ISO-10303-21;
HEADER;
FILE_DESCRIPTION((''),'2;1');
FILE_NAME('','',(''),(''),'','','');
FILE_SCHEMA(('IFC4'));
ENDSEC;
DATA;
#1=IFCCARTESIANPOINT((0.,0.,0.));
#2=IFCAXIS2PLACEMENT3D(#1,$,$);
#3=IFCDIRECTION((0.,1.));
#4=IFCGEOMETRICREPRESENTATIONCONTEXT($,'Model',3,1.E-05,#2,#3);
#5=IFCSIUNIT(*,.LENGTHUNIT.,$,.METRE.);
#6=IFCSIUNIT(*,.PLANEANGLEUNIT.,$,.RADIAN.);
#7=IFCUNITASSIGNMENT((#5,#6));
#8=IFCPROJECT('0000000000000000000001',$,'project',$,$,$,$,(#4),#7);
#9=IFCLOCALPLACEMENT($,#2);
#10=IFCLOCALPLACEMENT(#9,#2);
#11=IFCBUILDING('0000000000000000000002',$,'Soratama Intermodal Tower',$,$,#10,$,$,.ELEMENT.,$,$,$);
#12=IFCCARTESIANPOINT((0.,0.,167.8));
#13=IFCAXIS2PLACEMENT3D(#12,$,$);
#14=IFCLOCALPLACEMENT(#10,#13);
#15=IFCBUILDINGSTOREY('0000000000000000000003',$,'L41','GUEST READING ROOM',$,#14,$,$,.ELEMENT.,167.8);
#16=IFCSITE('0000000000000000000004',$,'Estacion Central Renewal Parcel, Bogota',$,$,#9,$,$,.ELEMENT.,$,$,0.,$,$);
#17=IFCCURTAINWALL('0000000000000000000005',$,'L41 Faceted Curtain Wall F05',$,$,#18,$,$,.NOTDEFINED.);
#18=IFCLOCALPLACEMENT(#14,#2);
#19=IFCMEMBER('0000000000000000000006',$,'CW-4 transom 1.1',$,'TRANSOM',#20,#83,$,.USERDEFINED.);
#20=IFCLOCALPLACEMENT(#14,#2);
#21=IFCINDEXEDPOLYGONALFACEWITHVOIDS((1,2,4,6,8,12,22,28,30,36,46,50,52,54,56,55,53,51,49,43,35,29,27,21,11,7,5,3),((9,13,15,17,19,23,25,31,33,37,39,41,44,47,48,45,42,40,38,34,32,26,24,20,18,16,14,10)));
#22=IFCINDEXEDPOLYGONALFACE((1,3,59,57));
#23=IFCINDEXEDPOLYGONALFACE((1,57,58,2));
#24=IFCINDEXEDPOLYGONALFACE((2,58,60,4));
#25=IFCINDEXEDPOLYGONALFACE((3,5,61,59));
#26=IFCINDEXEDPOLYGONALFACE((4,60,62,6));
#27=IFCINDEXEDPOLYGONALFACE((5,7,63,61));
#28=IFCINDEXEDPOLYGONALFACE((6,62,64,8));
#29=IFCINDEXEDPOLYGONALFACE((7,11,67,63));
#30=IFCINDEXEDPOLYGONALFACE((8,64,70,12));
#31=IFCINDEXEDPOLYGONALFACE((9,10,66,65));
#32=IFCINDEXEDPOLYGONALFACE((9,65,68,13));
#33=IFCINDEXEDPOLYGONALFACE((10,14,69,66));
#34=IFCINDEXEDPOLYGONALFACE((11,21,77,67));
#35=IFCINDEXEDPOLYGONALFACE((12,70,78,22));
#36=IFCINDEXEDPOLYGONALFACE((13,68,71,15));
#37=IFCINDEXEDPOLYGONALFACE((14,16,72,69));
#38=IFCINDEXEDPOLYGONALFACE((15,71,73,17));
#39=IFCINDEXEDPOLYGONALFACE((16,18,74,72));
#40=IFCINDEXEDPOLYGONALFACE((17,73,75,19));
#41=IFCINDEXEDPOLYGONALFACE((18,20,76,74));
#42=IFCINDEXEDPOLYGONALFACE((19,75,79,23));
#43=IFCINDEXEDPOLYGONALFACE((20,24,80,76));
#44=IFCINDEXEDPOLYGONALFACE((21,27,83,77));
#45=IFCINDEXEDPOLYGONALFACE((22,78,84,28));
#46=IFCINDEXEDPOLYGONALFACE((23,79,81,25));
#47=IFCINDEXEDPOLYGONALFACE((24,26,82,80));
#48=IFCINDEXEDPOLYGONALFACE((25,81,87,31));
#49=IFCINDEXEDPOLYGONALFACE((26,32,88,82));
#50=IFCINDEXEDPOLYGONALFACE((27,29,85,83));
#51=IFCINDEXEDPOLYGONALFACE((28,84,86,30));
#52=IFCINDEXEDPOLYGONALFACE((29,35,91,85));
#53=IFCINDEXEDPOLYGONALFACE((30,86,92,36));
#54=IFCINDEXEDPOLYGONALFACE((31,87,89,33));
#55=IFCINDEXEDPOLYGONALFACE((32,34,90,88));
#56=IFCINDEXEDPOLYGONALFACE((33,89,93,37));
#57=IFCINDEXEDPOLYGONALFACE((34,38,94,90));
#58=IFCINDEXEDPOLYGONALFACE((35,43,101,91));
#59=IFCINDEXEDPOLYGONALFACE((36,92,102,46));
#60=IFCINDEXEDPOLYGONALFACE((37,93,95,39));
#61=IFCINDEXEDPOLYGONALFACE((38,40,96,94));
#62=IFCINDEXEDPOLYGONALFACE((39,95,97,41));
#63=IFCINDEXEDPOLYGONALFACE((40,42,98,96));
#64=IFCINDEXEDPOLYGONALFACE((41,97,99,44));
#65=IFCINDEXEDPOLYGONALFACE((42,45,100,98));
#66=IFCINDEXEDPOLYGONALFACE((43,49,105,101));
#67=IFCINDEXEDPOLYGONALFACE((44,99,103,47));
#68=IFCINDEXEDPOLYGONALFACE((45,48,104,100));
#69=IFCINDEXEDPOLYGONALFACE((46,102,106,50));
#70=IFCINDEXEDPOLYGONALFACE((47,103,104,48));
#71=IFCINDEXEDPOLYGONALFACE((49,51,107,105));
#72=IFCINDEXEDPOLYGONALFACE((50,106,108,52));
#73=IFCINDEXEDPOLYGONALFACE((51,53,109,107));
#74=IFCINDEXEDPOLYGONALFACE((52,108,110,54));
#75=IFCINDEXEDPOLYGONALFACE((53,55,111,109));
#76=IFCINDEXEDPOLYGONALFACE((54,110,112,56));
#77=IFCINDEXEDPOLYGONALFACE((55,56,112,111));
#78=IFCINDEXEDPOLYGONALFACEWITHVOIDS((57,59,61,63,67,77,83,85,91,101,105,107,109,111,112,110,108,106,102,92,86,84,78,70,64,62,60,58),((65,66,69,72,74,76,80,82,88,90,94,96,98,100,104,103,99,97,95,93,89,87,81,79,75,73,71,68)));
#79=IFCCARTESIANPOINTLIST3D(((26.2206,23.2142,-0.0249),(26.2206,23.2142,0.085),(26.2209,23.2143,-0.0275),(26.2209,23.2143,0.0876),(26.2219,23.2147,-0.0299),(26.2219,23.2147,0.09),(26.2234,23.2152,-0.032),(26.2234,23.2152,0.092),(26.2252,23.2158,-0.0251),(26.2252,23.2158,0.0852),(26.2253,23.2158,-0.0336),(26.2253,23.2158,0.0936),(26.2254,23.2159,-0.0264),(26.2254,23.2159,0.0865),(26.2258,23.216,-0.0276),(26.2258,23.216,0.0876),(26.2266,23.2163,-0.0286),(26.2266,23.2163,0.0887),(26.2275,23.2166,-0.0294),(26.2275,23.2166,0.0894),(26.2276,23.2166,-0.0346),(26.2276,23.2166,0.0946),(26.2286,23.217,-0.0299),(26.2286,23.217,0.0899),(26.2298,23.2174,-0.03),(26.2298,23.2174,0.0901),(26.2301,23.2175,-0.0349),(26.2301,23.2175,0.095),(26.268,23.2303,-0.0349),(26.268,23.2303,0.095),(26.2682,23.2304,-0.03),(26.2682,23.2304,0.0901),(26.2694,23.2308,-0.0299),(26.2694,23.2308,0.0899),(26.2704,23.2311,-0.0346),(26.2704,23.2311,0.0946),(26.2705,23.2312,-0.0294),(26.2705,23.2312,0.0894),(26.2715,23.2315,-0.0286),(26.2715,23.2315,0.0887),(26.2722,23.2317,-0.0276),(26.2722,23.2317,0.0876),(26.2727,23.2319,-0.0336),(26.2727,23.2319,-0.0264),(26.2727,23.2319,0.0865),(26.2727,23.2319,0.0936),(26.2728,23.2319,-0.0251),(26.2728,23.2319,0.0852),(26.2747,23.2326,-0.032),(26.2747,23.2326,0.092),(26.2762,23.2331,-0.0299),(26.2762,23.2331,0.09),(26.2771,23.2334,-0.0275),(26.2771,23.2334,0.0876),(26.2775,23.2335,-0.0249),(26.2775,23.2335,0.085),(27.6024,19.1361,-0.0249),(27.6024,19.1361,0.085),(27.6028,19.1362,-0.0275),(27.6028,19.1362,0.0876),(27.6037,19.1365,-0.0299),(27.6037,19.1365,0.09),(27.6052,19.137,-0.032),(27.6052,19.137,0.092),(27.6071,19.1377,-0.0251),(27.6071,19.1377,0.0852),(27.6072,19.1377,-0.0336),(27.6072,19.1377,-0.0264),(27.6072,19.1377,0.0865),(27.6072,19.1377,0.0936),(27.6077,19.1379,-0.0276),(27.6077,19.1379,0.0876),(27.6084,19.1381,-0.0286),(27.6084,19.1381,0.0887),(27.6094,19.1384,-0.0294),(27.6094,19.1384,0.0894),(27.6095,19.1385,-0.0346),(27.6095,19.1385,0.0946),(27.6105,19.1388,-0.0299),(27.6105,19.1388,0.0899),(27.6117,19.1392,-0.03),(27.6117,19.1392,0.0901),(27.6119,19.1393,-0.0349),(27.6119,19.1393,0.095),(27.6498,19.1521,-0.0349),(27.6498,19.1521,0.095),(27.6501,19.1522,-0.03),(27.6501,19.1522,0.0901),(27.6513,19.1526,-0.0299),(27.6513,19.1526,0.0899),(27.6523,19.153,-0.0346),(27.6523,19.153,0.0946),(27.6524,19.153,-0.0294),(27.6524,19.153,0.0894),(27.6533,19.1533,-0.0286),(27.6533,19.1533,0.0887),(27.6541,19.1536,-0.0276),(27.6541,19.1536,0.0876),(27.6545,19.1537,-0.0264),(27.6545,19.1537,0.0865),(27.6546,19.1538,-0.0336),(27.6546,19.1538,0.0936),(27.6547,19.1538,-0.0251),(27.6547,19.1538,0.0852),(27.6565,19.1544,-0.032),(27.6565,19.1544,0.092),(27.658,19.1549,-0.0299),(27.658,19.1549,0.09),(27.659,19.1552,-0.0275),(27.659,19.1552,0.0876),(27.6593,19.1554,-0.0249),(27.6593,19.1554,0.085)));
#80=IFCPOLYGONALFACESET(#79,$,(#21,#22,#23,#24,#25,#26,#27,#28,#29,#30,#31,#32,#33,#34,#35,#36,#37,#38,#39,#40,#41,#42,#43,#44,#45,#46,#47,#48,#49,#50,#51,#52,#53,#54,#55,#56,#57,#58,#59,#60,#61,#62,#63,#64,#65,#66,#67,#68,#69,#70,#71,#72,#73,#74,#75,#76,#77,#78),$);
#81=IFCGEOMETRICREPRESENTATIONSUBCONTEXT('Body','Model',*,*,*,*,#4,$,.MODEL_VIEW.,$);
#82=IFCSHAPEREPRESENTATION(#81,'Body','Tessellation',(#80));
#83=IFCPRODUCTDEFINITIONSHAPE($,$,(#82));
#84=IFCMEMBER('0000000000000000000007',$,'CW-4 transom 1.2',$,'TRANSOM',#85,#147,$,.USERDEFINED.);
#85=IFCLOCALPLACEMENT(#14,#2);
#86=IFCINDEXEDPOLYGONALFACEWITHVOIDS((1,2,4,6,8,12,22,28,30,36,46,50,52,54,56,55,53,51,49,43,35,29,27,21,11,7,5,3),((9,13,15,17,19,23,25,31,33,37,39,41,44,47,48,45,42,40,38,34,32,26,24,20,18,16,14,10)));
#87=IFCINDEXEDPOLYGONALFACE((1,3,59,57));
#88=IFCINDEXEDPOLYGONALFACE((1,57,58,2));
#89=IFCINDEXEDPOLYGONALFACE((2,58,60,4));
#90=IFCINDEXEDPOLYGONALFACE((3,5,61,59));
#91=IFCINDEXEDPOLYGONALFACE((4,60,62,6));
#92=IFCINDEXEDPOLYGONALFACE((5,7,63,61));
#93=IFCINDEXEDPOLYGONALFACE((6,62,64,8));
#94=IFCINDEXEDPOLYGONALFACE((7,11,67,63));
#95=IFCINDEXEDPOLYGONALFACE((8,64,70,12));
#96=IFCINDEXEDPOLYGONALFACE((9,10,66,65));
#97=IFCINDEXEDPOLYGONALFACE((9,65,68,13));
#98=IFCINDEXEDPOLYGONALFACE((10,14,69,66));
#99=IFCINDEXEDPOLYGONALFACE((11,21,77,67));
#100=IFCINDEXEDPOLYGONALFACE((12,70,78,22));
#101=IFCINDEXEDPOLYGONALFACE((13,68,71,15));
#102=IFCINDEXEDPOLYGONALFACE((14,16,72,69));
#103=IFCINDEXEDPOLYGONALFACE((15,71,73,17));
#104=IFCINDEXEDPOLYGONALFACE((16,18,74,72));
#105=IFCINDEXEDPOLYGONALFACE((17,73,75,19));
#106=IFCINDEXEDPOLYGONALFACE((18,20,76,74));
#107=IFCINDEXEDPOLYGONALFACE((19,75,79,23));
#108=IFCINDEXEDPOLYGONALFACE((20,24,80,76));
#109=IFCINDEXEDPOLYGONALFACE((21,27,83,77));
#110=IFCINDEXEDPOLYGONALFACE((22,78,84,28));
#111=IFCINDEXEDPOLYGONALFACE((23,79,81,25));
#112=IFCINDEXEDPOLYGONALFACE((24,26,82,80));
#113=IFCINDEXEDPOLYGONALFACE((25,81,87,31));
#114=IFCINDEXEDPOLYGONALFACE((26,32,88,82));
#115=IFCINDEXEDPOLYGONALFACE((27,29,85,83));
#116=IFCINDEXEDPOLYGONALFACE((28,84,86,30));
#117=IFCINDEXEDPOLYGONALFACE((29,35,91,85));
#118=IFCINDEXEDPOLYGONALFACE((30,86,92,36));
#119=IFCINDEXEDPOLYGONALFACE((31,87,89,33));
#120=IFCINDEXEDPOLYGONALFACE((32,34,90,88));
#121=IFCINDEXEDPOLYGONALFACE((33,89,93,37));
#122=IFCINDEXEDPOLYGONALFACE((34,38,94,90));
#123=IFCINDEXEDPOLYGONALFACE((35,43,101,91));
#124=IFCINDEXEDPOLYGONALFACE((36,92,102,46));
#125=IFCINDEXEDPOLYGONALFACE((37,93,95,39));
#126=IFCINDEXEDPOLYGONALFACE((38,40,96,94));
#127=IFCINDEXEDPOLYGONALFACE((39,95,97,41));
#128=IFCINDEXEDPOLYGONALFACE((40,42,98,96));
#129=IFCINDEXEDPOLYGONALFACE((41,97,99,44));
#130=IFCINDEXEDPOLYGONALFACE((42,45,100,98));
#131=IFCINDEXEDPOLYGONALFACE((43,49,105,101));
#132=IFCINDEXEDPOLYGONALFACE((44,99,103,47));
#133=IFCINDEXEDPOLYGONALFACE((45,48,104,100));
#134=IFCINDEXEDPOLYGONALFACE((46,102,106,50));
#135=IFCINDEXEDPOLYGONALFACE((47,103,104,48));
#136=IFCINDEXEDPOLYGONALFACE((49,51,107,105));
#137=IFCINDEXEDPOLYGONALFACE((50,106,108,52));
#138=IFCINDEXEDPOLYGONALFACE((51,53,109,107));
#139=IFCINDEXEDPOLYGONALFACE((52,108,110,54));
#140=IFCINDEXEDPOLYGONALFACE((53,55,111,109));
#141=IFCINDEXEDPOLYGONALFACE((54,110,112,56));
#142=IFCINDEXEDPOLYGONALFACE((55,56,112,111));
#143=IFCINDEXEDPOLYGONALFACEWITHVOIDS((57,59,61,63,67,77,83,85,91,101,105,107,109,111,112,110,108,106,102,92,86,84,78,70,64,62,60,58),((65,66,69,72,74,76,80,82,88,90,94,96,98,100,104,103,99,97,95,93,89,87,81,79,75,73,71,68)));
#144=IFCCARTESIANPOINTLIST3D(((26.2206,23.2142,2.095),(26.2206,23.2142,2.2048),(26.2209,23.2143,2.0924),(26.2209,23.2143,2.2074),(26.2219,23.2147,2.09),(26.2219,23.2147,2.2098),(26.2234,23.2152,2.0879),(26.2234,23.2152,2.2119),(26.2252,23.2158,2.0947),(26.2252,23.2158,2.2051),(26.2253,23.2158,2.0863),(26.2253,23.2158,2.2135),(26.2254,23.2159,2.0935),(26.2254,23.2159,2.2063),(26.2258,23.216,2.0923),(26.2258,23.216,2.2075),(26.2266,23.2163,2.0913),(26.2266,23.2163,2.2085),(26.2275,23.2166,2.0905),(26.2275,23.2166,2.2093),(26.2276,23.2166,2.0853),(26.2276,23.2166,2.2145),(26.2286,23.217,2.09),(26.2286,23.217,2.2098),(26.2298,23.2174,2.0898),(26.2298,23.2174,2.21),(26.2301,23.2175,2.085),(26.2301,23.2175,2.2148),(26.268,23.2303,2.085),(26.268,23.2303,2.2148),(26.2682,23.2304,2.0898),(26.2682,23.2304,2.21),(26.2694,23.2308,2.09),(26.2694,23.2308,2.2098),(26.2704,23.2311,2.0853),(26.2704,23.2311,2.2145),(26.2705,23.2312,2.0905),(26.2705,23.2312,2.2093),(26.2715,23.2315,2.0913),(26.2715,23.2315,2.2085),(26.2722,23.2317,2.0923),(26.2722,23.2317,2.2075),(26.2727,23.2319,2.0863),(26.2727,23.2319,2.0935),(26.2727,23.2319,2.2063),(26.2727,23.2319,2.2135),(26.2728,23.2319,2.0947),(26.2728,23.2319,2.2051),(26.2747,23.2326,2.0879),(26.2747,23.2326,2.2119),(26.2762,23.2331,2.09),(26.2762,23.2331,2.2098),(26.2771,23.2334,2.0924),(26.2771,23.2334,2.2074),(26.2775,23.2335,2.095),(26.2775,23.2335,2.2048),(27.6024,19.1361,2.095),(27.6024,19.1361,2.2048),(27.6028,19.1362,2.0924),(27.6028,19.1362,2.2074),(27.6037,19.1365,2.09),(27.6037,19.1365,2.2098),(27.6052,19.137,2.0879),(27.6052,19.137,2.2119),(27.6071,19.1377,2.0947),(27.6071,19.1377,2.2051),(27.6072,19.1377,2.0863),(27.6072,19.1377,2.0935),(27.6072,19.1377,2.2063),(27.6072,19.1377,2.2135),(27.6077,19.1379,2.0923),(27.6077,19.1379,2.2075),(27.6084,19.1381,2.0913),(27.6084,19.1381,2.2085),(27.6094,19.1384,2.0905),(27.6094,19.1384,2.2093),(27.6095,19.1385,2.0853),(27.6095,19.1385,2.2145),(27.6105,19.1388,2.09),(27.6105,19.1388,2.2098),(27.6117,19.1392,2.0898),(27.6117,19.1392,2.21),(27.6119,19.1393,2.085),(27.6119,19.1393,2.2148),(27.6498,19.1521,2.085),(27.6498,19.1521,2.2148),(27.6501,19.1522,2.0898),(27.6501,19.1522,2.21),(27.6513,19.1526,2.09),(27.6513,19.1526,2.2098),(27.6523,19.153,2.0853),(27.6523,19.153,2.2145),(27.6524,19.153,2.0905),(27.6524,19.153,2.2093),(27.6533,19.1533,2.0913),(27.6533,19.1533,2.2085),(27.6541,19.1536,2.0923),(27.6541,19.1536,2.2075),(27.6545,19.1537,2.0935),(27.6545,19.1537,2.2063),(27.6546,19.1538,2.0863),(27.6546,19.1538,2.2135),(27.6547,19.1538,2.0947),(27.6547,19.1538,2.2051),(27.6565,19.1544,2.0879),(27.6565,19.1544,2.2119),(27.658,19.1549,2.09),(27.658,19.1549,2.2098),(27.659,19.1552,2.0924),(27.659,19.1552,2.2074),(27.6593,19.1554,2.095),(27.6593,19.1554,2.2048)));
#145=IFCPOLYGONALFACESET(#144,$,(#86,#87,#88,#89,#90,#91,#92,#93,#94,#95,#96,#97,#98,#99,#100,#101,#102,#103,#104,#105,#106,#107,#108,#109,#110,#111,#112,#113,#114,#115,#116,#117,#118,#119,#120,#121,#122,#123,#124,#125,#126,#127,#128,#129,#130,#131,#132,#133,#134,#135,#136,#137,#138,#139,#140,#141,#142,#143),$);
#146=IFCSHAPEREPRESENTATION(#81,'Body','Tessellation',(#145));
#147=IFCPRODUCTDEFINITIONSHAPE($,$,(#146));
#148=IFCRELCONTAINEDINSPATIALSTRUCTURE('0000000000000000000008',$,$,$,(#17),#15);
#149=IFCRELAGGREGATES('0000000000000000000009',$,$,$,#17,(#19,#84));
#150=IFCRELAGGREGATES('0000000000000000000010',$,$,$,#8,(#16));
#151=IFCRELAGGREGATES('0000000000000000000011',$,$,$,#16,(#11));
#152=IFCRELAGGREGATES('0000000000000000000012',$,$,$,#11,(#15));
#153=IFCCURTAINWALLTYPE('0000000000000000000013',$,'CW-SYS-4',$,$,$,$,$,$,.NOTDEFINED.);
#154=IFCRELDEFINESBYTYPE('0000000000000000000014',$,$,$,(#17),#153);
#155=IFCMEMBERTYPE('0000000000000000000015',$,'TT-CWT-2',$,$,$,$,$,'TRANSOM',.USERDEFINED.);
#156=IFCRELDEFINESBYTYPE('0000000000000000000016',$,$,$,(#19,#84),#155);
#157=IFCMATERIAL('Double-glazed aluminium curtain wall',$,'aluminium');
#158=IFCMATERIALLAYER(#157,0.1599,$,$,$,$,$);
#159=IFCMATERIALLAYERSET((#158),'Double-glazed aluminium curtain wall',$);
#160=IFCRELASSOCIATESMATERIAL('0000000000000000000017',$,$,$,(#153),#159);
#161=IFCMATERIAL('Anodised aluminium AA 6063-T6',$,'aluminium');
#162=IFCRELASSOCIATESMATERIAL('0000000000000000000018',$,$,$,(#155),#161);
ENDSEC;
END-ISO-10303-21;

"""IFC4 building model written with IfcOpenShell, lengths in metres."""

from ifc_helpers import new_model, si_unit, direction, frame, origin, origin_2d, place, context, subcontext, project, spatial, hollow_rectangle, extrude, material, layer, layer_set, material_profile, profile_set, type_object, element, aggregate, save


model = new_model("IFC4")

# Units and contexts
model_context = context("Model", 3, precision=1e-05, world=origin(), true_north=direction((0.0, 1.0)))
body_context = subcontext(model_context, "Body", "Model", "MODEL_VIEW")
ifc_project = project(units=[si_unit("LENGTHUNIT", "METRE"), si_unit("PLANEANGLEUNIT", "RADIAN")], contexts=[model_context])

# Site, building, storey
site_placement = place(None, origin())
site = spatial("IfcSite", under=ifc_project, at=site_placement, Name="Estacion Central Renewal Parcel, Bogota", CompositionType="ELEMENT", RefElevation=0.0)
building_placement = place(site_placement, origin())
building = spatial("IfcBuilding", under=site, at=building_placement, Name="Soratama Intermodal Tower", CompositionType="ELEMENT")
storey_placement = place(building_placement, frame((0.0, 0.0, 167.8)))
storey = spatial("IfcBuildingStorey", under=building, at=storey_placement, Name="L41", Description="GUEST READING ROOM", CompositionType="ELEMENT", Elevation=167.8)

# Curtain wall, members
ifc_material_1 = material(Name="Double-glazed aluminium curtain wall", Category="aluminium")
ifc_layer_1 = layer(ifc_material_1, 0.1599)
ifc_layer_set_1 = layer_set([ifc_layer_1], Name="Double-glazed aluminium curtain wall")
curtain_wall_type = type_object("IfcCurtainWallType", Name="CW-SYS-4", PredefinedType="NOTDEFINED", material=ifc_layer_set_1)
curtain_wall_placement = place(storey_placement, origin())
curtain_wall = element("IfcCurtainWall", 1, at=curtain_wall_placement, inside=storey, type_object=curtain_wall_type, Name="L41 Faceted Curtain Wall F05", PredefinedType="NOTDEFINED")
ifc_material_2 = material(Name="Anodised aluminium AA 6063-T6", Category="aluminium")
ifc_material_profile_1 = material_profile(ifc_material_2, hollow_rectangle(XDim=0.0601, YDim=0.1299, WallThickness=0.0049, InnerFilletRadius=0.0049, OuterFilletRadius=0.01, at=origin_2d()), Name="CWT130X60X5")
ifc_profile_set_1 = profile_set([ifc_material_profile_1], Name="Anodised aluminium AA 6063-T6")
member_type_1 = type_object("IfcMemberType", Name="TT-CWT-2", ElementType="TRANSOM", PredefinedType="USERDEFINED", material=ifc_profile_set_1)
member_1_placement = place(storey_placement, frame((26.249, 23.2239, 0.03), z_axis=(0.320919, -0.947107, 0.0), x_axis=(0.947107, 0.320919, 0.0)))
member_1 = element("IfcMember", 2, at=member_1_placement, type_object=member_type_1, Name="CW-4 transom 1.1", ObjectType="TRANSOM", PredefinedType="USERDEFINED", context=body_context, shape_type="SweptSolid", body=[
    extrude(hollow_rectangle(XDim=0.0601, YDim=0.1299, WallThickness=0.0049, InnerFilletRadius=0.0049, OuterFilletRadius=0.01, at=origin_2d()), origin(), (0.0, 0.0, 1.0), 4.3059),
])
member_2_placement = place(storey_placement, frame((26.249, 23.2239, 2.1499), z_axis=(0.320919, -0.947107, 0.0), x_axis=(0.947107, 0.320919, 0.0)))
member_2 = element("IfcMember", 3, at=member_2_placement, type_object=member_type_1, Name="CW-4 transom 1.2", ObjectType="TRANSOM", PredefinedType="USERDEFINED", context=body_context, shape_type="SweptSolid", body=[
    extrude(hollow_rectangle(XDim=0.0601, YDim=0.1299, WallThickness=0.0049, InnerFilletRadius=0.0049, OuterFilletRadius=0.01, at=origin_2d()), origin(), (0.0, 0.0, 1.0), 4.3059),
])
aggregate(curtain_wall, [member_1, member_2])

save(model, "model.ifc")
